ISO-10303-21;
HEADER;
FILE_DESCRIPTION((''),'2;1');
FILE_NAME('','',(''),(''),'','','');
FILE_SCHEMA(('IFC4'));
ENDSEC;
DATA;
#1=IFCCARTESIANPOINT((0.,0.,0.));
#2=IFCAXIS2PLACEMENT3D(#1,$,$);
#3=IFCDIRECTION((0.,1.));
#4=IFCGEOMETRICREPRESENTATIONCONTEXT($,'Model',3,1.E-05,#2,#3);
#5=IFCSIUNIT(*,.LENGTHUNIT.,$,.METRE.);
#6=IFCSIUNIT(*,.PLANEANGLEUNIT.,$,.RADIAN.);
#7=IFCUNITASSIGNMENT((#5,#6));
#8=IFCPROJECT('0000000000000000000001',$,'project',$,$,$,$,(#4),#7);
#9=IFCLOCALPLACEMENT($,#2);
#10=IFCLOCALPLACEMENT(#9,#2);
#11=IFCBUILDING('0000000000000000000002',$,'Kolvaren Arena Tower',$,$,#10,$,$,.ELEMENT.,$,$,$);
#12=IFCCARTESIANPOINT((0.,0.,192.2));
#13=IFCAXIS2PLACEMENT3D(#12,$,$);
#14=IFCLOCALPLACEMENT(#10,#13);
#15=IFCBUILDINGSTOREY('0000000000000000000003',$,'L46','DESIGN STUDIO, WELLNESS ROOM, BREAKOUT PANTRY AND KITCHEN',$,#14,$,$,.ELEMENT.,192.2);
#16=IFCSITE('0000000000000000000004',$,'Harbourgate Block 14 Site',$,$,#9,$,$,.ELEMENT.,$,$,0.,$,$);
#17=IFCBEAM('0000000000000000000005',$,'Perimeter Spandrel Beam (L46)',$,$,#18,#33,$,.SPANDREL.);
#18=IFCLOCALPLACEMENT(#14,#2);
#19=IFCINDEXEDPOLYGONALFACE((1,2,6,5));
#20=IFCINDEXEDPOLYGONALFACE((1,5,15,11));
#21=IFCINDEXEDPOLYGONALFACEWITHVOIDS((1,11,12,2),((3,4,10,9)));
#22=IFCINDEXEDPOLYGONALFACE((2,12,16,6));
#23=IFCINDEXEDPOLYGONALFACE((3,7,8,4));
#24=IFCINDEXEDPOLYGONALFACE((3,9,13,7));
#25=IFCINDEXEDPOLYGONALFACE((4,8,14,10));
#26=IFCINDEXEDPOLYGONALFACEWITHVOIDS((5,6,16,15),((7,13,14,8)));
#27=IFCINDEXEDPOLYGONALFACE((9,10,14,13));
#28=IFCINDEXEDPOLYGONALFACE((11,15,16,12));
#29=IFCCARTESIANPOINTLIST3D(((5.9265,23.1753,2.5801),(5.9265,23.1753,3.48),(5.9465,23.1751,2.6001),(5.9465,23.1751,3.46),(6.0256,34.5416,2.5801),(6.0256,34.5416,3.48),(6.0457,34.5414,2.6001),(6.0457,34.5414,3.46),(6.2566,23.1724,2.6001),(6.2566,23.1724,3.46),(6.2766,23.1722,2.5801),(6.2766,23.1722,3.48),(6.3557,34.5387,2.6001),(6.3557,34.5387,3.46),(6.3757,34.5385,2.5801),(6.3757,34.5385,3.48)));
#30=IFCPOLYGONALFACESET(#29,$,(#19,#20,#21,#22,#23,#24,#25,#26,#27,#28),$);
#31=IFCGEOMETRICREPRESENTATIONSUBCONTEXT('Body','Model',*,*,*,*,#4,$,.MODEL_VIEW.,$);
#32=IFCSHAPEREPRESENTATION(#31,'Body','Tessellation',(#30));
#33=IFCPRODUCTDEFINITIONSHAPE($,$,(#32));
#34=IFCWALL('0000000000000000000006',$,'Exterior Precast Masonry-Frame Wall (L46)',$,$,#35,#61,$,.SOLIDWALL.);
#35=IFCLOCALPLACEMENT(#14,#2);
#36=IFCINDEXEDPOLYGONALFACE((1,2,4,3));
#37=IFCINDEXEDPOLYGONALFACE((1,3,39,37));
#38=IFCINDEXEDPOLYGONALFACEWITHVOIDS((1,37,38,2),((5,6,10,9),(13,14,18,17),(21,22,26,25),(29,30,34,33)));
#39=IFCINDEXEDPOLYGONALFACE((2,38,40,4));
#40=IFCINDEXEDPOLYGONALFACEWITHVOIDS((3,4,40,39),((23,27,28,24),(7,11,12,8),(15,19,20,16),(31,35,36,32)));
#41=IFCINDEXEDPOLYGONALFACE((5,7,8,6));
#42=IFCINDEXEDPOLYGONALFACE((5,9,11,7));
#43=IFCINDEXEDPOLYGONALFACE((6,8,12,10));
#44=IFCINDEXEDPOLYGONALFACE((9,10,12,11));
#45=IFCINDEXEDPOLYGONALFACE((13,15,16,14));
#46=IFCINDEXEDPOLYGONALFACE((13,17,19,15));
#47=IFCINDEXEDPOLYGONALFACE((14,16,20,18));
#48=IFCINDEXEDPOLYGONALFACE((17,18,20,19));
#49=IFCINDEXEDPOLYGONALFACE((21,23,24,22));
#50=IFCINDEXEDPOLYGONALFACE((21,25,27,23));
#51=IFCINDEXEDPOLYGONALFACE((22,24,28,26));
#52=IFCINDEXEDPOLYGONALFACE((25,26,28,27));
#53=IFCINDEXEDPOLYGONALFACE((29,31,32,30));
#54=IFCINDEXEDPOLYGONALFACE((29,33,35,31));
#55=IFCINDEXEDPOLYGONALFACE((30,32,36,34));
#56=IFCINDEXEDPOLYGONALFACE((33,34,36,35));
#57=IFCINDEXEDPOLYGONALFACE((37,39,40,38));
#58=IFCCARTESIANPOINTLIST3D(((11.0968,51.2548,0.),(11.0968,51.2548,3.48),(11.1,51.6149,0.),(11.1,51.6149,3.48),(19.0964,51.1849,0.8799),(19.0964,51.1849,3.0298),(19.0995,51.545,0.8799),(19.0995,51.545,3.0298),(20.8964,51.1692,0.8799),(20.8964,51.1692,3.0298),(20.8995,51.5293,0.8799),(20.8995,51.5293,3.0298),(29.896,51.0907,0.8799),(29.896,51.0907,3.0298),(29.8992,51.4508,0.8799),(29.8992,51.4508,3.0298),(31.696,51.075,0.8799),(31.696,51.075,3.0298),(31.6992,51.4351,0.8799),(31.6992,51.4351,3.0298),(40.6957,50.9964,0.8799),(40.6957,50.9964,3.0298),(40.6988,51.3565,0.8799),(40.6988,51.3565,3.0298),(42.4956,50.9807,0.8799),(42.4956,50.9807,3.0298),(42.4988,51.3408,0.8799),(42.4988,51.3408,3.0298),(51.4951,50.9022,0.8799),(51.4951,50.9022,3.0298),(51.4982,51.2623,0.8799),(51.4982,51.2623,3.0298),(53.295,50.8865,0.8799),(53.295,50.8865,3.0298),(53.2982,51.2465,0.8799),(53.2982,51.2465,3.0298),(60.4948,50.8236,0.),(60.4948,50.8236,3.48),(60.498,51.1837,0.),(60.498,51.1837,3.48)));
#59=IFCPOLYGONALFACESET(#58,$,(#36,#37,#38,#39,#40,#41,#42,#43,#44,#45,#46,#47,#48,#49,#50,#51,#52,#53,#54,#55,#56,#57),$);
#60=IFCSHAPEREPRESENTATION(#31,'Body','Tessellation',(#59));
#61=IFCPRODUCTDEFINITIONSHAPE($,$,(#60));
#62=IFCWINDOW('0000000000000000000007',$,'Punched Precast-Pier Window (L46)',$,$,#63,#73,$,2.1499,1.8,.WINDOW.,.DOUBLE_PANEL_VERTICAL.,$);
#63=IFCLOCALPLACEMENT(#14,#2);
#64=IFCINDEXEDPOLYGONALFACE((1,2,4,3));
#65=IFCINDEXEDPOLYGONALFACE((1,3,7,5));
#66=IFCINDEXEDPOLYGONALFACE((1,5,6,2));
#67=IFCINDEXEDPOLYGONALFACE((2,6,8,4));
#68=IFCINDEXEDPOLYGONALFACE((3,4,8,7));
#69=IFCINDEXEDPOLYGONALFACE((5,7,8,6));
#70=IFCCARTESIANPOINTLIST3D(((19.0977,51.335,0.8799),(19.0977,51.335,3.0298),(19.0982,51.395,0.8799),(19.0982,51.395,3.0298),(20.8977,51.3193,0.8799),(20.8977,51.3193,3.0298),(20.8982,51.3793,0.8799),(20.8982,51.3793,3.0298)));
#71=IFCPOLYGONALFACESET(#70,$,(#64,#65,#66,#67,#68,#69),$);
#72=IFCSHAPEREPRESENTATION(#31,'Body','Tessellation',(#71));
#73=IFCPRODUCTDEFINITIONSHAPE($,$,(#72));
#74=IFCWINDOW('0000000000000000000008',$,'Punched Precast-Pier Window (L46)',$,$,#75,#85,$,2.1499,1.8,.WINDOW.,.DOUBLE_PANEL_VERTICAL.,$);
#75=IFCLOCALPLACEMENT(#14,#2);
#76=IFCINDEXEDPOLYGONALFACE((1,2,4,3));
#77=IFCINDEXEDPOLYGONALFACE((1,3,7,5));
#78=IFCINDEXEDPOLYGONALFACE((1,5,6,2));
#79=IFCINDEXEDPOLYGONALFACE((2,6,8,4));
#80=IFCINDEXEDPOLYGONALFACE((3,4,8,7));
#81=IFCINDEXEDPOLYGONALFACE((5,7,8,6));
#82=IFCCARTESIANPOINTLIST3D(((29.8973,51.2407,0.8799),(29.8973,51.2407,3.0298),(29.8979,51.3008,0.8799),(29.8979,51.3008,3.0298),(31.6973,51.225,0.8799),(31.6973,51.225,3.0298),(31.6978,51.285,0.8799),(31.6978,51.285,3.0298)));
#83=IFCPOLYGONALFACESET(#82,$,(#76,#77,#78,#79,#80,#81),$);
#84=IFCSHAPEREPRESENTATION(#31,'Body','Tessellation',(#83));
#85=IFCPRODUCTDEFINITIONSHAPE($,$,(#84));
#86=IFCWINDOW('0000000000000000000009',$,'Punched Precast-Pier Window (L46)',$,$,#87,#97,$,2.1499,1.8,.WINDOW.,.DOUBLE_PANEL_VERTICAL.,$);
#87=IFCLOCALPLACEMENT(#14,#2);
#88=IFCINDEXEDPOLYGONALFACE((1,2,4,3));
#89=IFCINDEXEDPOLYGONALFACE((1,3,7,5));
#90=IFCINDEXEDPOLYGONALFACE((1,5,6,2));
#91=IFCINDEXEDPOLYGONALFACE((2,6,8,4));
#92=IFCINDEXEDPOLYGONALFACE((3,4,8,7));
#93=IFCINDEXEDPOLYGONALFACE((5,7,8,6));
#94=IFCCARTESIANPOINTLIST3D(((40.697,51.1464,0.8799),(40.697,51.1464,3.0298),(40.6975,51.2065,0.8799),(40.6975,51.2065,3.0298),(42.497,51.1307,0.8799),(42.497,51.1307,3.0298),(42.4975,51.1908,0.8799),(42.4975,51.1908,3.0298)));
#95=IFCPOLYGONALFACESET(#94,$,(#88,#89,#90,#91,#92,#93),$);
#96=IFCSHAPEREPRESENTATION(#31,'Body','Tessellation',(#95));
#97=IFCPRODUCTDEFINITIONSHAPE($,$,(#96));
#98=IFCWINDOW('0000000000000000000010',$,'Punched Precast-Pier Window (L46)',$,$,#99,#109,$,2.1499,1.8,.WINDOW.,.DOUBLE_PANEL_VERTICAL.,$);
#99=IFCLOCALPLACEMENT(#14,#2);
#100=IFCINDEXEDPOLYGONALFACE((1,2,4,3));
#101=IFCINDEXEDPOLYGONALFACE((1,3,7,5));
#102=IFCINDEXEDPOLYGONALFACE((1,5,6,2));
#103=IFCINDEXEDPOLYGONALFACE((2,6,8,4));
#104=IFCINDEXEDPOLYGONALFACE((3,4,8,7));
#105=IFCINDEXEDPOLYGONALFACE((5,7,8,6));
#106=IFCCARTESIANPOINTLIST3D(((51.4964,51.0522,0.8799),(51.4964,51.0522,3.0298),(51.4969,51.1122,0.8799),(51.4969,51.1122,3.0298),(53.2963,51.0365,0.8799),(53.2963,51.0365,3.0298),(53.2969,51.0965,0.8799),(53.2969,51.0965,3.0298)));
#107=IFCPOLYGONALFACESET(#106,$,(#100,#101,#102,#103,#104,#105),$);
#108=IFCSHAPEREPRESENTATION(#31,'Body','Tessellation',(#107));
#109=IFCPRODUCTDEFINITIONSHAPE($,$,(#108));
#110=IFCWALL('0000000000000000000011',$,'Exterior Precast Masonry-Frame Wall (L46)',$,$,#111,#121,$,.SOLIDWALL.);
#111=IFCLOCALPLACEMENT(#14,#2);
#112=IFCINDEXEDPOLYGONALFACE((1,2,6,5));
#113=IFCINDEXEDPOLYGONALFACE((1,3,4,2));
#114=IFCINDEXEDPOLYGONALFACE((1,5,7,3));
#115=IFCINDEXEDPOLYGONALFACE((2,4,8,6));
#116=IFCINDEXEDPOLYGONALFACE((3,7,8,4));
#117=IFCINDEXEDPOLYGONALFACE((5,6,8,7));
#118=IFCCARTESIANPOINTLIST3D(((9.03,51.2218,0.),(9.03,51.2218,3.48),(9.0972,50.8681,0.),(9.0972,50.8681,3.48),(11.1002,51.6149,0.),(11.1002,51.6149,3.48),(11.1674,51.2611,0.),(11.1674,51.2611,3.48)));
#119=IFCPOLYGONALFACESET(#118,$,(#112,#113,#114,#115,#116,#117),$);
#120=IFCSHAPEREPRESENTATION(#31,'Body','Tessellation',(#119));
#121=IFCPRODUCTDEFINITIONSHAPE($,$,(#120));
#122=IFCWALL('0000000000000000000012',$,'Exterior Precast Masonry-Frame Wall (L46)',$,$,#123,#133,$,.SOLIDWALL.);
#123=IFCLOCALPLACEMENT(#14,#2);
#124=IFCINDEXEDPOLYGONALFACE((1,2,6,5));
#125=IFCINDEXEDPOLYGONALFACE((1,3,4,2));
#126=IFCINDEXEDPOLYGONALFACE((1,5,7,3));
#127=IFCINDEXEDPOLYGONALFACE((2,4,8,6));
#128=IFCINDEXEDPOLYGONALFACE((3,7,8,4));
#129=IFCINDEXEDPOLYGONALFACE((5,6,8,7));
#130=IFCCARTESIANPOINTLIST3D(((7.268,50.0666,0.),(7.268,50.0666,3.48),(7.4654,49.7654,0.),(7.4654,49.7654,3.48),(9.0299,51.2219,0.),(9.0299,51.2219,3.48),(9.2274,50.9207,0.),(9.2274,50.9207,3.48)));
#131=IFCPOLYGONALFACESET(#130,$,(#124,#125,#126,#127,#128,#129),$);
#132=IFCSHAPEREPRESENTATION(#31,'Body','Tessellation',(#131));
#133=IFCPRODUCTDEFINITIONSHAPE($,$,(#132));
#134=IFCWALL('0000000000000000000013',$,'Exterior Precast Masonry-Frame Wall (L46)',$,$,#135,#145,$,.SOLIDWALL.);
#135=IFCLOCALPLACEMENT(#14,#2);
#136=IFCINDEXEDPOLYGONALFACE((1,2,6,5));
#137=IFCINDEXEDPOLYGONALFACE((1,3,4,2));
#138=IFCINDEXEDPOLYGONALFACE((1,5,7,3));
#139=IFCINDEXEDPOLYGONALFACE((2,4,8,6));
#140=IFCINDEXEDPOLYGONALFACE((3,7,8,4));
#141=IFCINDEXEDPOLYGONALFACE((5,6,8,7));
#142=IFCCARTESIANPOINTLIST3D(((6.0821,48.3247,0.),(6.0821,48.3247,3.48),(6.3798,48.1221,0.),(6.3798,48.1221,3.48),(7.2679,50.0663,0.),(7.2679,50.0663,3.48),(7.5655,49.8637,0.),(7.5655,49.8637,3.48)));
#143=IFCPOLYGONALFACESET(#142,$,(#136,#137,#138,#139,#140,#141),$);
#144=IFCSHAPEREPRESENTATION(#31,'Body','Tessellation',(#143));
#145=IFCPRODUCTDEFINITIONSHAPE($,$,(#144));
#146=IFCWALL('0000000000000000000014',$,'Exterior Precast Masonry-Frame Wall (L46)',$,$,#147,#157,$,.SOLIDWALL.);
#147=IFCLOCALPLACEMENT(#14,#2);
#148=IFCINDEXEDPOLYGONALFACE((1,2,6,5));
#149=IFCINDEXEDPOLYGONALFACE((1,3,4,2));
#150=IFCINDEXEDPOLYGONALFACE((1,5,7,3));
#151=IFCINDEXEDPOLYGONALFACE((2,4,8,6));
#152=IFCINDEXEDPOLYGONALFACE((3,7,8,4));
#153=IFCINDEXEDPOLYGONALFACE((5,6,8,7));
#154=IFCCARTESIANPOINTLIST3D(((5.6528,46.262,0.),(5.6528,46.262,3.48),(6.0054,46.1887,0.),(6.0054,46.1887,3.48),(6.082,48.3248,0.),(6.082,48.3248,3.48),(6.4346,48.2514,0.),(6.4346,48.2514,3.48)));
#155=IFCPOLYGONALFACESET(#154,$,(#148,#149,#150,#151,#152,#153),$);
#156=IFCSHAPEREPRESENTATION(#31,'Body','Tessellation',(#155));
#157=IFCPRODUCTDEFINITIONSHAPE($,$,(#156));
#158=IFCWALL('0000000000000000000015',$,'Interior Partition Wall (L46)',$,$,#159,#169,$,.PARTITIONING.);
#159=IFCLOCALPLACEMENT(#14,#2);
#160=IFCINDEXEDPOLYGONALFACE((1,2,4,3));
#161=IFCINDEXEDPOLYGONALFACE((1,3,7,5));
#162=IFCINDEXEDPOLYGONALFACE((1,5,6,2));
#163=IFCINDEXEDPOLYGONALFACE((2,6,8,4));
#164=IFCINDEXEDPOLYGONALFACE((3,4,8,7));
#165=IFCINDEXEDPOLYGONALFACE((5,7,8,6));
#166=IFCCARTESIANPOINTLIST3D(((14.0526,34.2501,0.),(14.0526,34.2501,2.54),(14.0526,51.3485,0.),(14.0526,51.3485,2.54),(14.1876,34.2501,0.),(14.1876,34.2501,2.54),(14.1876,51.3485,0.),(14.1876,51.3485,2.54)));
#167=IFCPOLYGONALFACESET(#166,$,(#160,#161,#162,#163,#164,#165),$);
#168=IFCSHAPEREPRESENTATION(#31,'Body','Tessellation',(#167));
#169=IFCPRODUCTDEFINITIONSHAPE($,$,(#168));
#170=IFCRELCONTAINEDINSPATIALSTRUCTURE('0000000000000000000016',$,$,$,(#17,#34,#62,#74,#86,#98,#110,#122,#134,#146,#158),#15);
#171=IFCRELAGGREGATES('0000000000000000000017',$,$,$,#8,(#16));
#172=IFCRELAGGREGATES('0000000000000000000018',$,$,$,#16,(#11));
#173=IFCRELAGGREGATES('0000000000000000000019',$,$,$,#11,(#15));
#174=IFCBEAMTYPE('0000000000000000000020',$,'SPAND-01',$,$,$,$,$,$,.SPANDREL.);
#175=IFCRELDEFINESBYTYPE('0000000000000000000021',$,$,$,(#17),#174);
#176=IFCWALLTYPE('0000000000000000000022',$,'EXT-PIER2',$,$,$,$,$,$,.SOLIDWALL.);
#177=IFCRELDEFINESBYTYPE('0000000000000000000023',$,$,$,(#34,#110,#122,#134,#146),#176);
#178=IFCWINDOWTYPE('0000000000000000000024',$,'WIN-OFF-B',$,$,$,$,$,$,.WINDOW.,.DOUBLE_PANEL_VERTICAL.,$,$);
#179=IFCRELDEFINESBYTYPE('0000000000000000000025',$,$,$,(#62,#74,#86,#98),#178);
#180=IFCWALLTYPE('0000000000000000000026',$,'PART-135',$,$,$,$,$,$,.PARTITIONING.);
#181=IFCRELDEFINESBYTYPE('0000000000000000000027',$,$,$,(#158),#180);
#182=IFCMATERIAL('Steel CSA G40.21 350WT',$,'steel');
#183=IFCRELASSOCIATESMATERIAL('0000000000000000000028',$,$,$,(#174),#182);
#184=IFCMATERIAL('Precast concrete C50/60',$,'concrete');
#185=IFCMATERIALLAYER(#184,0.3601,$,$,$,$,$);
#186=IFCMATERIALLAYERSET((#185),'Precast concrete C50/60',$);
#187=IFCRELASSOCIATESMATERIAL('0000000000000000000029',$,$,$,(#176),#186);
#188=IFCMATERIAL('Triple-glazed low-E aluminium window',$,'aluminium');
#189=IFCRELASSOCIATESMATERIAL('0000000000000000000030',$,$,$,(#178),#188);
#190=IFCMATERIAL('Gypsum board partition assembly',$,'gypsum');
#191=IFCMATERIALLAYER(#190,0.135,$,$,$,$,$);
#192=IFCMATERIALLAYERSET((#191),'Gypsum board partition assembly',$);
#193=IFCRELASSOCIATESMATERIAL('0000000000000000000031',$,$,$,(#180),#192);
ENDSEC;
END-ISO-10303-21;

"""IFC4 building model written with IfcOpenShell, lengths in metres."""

from ifc_helpers import new_model, si_unit, direction, frame, frame_2d, origin, origin_2d, place, context, subcontext, project, spatial, rectangle, hollow_rectangle, extrude, material, layer, layer_set, material_profile, profile_set, type_object, element, fill, save


model = new_model("IFC4")

# Units and contexts
model_context = context("Model", 3, precision=1e-05, world=origin(), true_north=direction((0.0, 1.0)))
body_context = subcontext(model_context, "Body", "Model", "MODEL_VIEW")
ifc_project = project(units=[si_unit("LENGTHUNIT", "METRE"), si_unit("PLANEANGLEUNIT", "RADIAN")], contexts=[model_context])

# Site, building, storey
site_placement = place(None, origin())
site = spatial("IfcSite", under=ifc_project, at=site_placement, Name="Harbourgate Block 14 Site", CompositionType="ELEMENT", RefElevation=0.0)
building_placement = place(site_placement, origin())
building = spatial("IfcBuilding", under=site, at=building_placement, Name="Kolvaren Arena Tower", CompositionType="ELEMENT")
storey_placement = place(building_placement, frame((0.0, 0.0, 192.2)))
storey = spatial("IfcBuildingStorey", under=building, at=storey_placement, Name="L46", Description="DESIGN STUDIO, WELLNESS ROOM, BREAKOUT PANTRY AND KITCHEN", CompositionType="ELEMENT", Elevation=192.2)

# Beam
ifc_material_1 = material(Name="Steel CSA G40.21 350WT", Category="steel")
ifc_material_profile_1 = material_profile(ifc_material_1, hollow_rectangle(XDim=0.3501, YDim=0.8999, WallThickness=0.02, at=origin_2d()), Name="HSS 900x350x20")
ifc_profile_set_1 = profile_set([ifc_material_profile_1], Name="Steel CSA G40.21 350WT")
beam_type_1 = type_object("IfcBeamType", Name="SPAND-01", PredefinedType="SPANDREL", material=ifc_profile_set_1)
for number, where, z_axis, x_axis, name in (
    (1, (6.2007, 34.54, 3.03), (-0.00872, -0.999962, 0.0), (0.999962, -0.00872, 0.0), "Perimeter Spandrel Beam (L46)"),
):
    element("IfcBeam", number, at=place(storey_placement, frame(where, z_axis=z_axis, x_axis=x_axis)), inside=storey, type_object=beam_type_1, Name=name, PredefinedType="SPANDREL", context=body_context, shape_type="SweptSolid", body=[
        extrude(hollow_rectangle(XDim=0.3501, YDim=0.8999, WallThickness=0.02, at=origin_2d()), origin(), (0.0, 0.0, 1.0), 11.3667),
    ])

# Wall, openings, windows
ifc_material_2 = material(Name="Precast concrete C50/60", Category="concrete")
ifc_layer_1 = layer(ifc_material_2, 0.3601)
ifc_layer_set_1 = layer_set([ifc_layer_1], Name="Precast concrete C50/60")
wall_type_1 = type_object("IfcWallType", Name="EXT-PIER2", PredefinedType="SOLIDWALL", material=ifc_layer_set_1)
wall_1_placement = place(storey_placement, frame((11.0984, 51.4348, 0.0), z_axis=(0.0, 0.0, 1.0), x_axis=(0.999962, -0.008728, 0.0)))
wall_1 = element("IfcWall", 2, at=wall_1_placement, inside=storey, type_object=wall_type_1, Name="Exterior Precast Masonry-Frame Wall (L46)", PredefinedType="SOLIDWALL", context=body_context, shape_type="SweptSolid", body=[
    extrude(rectangle(XDim=49.3999, YDim=0.3601, at=frame_2d((24.7, 0.0))), origin(), (0.0, 0.0, 1.0), 3.48),
])
opening_1_placement = place(wall_1_placement, frame((8.0, 0.0, 0.8799)))
opening_1 = element("IfcOpeningElement", 3, at=opening_1_placement, cuts=wall_1, PredefinedType="OPENING", context=body_context, shape_type="SweptSolid", body=[
    extrude(rectangle(XDim=1.8, YDim=2.1499, at=frame_2d((0.8999, 1.075))), frame((0.0, 0.1899, 0.0), z_axis=(0.0, -1.0, 0.0), x_axis=(1.0, 0.0, 0.0)), (0.0, 0.0, 1.0), 0.3801),
])
opening_2_placement = place(wall_1_placement, frame((18.8, 0.0, 0.8799)))
opening_2 = element("IfcOpeningElement", 4, at=opening_2_placement, cuts=wall_1, PredefinedType="OPENING", context=body_context, shape_type="SweptSolid", body=[
    extrude(rectangle(XDim=1.8, YDim=2.1499, at=frame_2d((0.8999, 1.075))), frame((0.0, 0.1899, 0.0), z_axis=(0.0, -1.0, 0.0), x_axis=(1.0, 0.0, 0.0)), (0.0, 0.0, 1.0), 0.3801),
])
opening_3_placement = place(wall_1_placement, frame((29.6001, 0.0, 0.8799)))
opening_3 = element("IfcOpeningElement", 5, at=opening_3_placement, cuts=wall_1, PredefinedType="OPENING", context=body_context, shape_type="SweptSolid", body=[
    extrude(rectangle(XDim=1.8, YDim=2.1499, at=frame_2d((0.8999, 1.075))), frame((0.0, 0.1899, 0.0), z_axis=(0.0, -1.0, 0.0), x_axis=(1.0, 0.0, 0.0)), (0.0, 0.0, 1.0), 0.3801),
])
opening_4_placement = place(wall_1_placement, frame((40.3999, 0.0, 0.8799)))
opening_4 = element("IfcOpeningElement", 6, at=opening_4_placement, cuts=wall_1, PredefinedType="OPENING", context=body_context, shape_type="SweptSolid", body=[
    extrude(rectangle(XDim=1.8, YDim=2.1499, at=frame_2d((0.8999, 1.075))), frame((0.0, 0.1899, 0.0), z_axis=(0.0, -1.0, 0.0), x_axis=(1.0, 0.0, 0.0)), (0.0, 0.0, 1.0), 0.3801),
])
ifc_material_3 = material(Name="Triple-glazed low-E aluminium window", Category="aluminium")
window_type = type_object("IfcWindowType", Name="WIN-OFF-B", PartitioningType="DOUBLE_PANEL_VERTICAL", PredefinedType="WINDOW", material=ifc_material_3)
window_1_placement = place(opening_1_placement, origin())
window_1 = element("IfcWindow", 7, at=window_1_placement, inside=storey, type_object=window_type, Name="Punched Precast-Pier Window (L46)", OverallHeight=2.1499, OverallWidth=1.8, PartitioningType="DOUBLE_PANEL_VERTICAL", PredefinedType="WINDOW", context=body_context, shape_type="SweptSolid", body=[
    extrude(rectangle(XDim=1.8, YDim=2.1499, at=frame_2d((0.8999, 1.075))), frame((0.0, 0.03, 0.0), z_axis=(0.0, -1.0, 0.0), x_axis=(1.0, 0.0, 0.0)), (0.0, 0.0, 1.0), 0.0601),
])
fill(opening_1, window_1)
window_2_placement = place(opening_2_placement, origin())
window_2 = element("IfcWindow", 8, at=window_2_placement, inside=storey, type_object=window_type, Name="Punched Precast-Pier Window (L46)", OverallHeight=2.1499, OverallWidth=1.8, PartitioningType="DOUBLE_PANEL_VERTICAL", PredefinedType="WINDOW", context=body_context, shape_type="SweptSolid", body=[
    extrude(rectangle(XDim=1.8, YDim=2.1499, at=frame_2d((0.8999, 1.075))), frame((0.0, 0.03, 0.0), z_axis=(0.0, -1.0, 0.0), x_axis=(1.0, 0.0, 0.0)), (0.0, 0.0, 1.0), 0.0601),
])
fill(opening_2, window_2)
window_3_placement = place(opening_3_placement, origin())
window_3 = element("IfcWindow", 9, at=window_3_placement, inside=storey, type_object=window_type, Name="Punched Precast-Pier Window (L46)", OverallHeight=2.1499, OverallWidth=1.8, PartitioningType="DOUBLE_PANEL_VERTICAL", PredefinedType="WINDOW", context=body_context, shape_type="SweptSolid", body=[
    extrude(rectangle(XDim=1.8, YDim=2.1499, at=frame_2d((0.8999, 1.075))), frame((0.0, 0.03, 0.0), z_axis=(0.0, -1.0, 0.0), x_axis=(1.0, 0.0, 0.0)), (0.0, 0.0, 1.0), 0.0601),
])
fill(opening_3, window_3)
window_4_placement = place(opening_4_placement, origin())
window_4 = element("IfcWindow", 10, at=window_4_placement, inside=storey, type_object=window_type, Name="Punched Precast-Pier Window (L46)", OverallHeight=2.1499, OverallWidth=1.8, PartitioningType="DOUBLE_PANEL_VERTICAL", PredefinedType="WINDOW", context=body_context, shape_type="SweptSolid", body=[
    extrude(rectangle(XDim=1.8, YDim=2.1499, at=frame_2d((0.8999, 1.075))), frame((0.0, 0.03, 0.0), z_axis=(0.0, -1.0, 0.0), x_axis=(1.0, 0.0, 0.0)), (0.0, 0.0, 1.0), 0.0601),
])
fill(opening_4, window_4)

# Walls
wall_2_placement = place(storey_placement, frame((9.0635, 51.0449, 0.0), z_axis=(0.0, 0.0, 1.0), x_axis=(0.982446, 0.186548, 0.0)))
element("IfcWall", 11, at=wall_2_placement, inside=storey, type_object=wall_type_1, Name="Exterior Precast Masonry-Frame Wall (L46)", PredefinedType="SOLIDWALL", context=body_context, shape_type="SweptSolid", body=[
    extrude(rectangle(XDim=2.1072, YDim=0.3601, at=frame_2d((1.0537, 0.0))), origin(), (0.0, 0.0, 1.0), 3.48),
])
for number, where, z_axis, x_axis, name in (
    (12, (7.3667, 49.916, 0.0), (0.0, 0.0, 1.0), (0.836269, 0.54832, 0.0), "Exterior Precast Masonry-Frame Wall (L46)"),
    (13, (6.231, 48.2234, 0.0), (0.0, 0.0, 1.0), (0.562776, 0.82661, 0.0), "Exterior Precast Masonry-Frame Wall (L46)"),
    (14, (5.8291, 46.2253, 0.0), (0.0, 0.0, 1.0), (0.203709, 0.979031, 0.0), "Exterior Precast Masonry-Frame Wall (L46)"),
):
    element("IfcWall", number, at=place(storey_placement, frame(where, z_axis=z_axis, x_axis=x_axis)), inside=storey, type_object=wall_type_1, Name=name, PredefinedType="SOLIDWALL", context=body_context, shape_type="SweptSolid", body=[
        extrude(rectangle(XDim=2.1069, YDim=0.3601, at=frame_2d((1.0535, 0.0))), origin(), (0.0, 0.0, 1.0), 3.48),
    ])
ifc_material_4 = material(Name="Gypsum board partition assembly", Category="gypsum")
ifc_layer_2 = layer(ifc_material_4, 0.135)
ifc_layer_set_2 = layer_set([ifc_layer_2], Name="Gypsum board partition assembly")
wall_type_2 = type_object("IfcWallType", Name="PART-135", PredefinedType="PARTITIONING", material=ifc_layer_set_2)
wall_3_placement = place(storey_placement, frame((14.1201, 34.25, 0.0), z_axis=(0.0, 0.0, 1.0), x_axis=(0.0, 1.0, 0.0)))
element("IfcWall", 15, at=wall_3_placement, inside=storey, type_object=wall_type_2, Name="Interior Partition Wall (L46)", PredefinedType="PARTITIONING", context=body_context, shape_type="SweptSolid", body=[
    extrude(rectangle(XDim=17.0984, YDim=0.135, at=frame_2d((8.5493, 0.0))), origin(), (0.0, 0.0, 1.0), 2.54),
])

save(model, "model.ifc")
